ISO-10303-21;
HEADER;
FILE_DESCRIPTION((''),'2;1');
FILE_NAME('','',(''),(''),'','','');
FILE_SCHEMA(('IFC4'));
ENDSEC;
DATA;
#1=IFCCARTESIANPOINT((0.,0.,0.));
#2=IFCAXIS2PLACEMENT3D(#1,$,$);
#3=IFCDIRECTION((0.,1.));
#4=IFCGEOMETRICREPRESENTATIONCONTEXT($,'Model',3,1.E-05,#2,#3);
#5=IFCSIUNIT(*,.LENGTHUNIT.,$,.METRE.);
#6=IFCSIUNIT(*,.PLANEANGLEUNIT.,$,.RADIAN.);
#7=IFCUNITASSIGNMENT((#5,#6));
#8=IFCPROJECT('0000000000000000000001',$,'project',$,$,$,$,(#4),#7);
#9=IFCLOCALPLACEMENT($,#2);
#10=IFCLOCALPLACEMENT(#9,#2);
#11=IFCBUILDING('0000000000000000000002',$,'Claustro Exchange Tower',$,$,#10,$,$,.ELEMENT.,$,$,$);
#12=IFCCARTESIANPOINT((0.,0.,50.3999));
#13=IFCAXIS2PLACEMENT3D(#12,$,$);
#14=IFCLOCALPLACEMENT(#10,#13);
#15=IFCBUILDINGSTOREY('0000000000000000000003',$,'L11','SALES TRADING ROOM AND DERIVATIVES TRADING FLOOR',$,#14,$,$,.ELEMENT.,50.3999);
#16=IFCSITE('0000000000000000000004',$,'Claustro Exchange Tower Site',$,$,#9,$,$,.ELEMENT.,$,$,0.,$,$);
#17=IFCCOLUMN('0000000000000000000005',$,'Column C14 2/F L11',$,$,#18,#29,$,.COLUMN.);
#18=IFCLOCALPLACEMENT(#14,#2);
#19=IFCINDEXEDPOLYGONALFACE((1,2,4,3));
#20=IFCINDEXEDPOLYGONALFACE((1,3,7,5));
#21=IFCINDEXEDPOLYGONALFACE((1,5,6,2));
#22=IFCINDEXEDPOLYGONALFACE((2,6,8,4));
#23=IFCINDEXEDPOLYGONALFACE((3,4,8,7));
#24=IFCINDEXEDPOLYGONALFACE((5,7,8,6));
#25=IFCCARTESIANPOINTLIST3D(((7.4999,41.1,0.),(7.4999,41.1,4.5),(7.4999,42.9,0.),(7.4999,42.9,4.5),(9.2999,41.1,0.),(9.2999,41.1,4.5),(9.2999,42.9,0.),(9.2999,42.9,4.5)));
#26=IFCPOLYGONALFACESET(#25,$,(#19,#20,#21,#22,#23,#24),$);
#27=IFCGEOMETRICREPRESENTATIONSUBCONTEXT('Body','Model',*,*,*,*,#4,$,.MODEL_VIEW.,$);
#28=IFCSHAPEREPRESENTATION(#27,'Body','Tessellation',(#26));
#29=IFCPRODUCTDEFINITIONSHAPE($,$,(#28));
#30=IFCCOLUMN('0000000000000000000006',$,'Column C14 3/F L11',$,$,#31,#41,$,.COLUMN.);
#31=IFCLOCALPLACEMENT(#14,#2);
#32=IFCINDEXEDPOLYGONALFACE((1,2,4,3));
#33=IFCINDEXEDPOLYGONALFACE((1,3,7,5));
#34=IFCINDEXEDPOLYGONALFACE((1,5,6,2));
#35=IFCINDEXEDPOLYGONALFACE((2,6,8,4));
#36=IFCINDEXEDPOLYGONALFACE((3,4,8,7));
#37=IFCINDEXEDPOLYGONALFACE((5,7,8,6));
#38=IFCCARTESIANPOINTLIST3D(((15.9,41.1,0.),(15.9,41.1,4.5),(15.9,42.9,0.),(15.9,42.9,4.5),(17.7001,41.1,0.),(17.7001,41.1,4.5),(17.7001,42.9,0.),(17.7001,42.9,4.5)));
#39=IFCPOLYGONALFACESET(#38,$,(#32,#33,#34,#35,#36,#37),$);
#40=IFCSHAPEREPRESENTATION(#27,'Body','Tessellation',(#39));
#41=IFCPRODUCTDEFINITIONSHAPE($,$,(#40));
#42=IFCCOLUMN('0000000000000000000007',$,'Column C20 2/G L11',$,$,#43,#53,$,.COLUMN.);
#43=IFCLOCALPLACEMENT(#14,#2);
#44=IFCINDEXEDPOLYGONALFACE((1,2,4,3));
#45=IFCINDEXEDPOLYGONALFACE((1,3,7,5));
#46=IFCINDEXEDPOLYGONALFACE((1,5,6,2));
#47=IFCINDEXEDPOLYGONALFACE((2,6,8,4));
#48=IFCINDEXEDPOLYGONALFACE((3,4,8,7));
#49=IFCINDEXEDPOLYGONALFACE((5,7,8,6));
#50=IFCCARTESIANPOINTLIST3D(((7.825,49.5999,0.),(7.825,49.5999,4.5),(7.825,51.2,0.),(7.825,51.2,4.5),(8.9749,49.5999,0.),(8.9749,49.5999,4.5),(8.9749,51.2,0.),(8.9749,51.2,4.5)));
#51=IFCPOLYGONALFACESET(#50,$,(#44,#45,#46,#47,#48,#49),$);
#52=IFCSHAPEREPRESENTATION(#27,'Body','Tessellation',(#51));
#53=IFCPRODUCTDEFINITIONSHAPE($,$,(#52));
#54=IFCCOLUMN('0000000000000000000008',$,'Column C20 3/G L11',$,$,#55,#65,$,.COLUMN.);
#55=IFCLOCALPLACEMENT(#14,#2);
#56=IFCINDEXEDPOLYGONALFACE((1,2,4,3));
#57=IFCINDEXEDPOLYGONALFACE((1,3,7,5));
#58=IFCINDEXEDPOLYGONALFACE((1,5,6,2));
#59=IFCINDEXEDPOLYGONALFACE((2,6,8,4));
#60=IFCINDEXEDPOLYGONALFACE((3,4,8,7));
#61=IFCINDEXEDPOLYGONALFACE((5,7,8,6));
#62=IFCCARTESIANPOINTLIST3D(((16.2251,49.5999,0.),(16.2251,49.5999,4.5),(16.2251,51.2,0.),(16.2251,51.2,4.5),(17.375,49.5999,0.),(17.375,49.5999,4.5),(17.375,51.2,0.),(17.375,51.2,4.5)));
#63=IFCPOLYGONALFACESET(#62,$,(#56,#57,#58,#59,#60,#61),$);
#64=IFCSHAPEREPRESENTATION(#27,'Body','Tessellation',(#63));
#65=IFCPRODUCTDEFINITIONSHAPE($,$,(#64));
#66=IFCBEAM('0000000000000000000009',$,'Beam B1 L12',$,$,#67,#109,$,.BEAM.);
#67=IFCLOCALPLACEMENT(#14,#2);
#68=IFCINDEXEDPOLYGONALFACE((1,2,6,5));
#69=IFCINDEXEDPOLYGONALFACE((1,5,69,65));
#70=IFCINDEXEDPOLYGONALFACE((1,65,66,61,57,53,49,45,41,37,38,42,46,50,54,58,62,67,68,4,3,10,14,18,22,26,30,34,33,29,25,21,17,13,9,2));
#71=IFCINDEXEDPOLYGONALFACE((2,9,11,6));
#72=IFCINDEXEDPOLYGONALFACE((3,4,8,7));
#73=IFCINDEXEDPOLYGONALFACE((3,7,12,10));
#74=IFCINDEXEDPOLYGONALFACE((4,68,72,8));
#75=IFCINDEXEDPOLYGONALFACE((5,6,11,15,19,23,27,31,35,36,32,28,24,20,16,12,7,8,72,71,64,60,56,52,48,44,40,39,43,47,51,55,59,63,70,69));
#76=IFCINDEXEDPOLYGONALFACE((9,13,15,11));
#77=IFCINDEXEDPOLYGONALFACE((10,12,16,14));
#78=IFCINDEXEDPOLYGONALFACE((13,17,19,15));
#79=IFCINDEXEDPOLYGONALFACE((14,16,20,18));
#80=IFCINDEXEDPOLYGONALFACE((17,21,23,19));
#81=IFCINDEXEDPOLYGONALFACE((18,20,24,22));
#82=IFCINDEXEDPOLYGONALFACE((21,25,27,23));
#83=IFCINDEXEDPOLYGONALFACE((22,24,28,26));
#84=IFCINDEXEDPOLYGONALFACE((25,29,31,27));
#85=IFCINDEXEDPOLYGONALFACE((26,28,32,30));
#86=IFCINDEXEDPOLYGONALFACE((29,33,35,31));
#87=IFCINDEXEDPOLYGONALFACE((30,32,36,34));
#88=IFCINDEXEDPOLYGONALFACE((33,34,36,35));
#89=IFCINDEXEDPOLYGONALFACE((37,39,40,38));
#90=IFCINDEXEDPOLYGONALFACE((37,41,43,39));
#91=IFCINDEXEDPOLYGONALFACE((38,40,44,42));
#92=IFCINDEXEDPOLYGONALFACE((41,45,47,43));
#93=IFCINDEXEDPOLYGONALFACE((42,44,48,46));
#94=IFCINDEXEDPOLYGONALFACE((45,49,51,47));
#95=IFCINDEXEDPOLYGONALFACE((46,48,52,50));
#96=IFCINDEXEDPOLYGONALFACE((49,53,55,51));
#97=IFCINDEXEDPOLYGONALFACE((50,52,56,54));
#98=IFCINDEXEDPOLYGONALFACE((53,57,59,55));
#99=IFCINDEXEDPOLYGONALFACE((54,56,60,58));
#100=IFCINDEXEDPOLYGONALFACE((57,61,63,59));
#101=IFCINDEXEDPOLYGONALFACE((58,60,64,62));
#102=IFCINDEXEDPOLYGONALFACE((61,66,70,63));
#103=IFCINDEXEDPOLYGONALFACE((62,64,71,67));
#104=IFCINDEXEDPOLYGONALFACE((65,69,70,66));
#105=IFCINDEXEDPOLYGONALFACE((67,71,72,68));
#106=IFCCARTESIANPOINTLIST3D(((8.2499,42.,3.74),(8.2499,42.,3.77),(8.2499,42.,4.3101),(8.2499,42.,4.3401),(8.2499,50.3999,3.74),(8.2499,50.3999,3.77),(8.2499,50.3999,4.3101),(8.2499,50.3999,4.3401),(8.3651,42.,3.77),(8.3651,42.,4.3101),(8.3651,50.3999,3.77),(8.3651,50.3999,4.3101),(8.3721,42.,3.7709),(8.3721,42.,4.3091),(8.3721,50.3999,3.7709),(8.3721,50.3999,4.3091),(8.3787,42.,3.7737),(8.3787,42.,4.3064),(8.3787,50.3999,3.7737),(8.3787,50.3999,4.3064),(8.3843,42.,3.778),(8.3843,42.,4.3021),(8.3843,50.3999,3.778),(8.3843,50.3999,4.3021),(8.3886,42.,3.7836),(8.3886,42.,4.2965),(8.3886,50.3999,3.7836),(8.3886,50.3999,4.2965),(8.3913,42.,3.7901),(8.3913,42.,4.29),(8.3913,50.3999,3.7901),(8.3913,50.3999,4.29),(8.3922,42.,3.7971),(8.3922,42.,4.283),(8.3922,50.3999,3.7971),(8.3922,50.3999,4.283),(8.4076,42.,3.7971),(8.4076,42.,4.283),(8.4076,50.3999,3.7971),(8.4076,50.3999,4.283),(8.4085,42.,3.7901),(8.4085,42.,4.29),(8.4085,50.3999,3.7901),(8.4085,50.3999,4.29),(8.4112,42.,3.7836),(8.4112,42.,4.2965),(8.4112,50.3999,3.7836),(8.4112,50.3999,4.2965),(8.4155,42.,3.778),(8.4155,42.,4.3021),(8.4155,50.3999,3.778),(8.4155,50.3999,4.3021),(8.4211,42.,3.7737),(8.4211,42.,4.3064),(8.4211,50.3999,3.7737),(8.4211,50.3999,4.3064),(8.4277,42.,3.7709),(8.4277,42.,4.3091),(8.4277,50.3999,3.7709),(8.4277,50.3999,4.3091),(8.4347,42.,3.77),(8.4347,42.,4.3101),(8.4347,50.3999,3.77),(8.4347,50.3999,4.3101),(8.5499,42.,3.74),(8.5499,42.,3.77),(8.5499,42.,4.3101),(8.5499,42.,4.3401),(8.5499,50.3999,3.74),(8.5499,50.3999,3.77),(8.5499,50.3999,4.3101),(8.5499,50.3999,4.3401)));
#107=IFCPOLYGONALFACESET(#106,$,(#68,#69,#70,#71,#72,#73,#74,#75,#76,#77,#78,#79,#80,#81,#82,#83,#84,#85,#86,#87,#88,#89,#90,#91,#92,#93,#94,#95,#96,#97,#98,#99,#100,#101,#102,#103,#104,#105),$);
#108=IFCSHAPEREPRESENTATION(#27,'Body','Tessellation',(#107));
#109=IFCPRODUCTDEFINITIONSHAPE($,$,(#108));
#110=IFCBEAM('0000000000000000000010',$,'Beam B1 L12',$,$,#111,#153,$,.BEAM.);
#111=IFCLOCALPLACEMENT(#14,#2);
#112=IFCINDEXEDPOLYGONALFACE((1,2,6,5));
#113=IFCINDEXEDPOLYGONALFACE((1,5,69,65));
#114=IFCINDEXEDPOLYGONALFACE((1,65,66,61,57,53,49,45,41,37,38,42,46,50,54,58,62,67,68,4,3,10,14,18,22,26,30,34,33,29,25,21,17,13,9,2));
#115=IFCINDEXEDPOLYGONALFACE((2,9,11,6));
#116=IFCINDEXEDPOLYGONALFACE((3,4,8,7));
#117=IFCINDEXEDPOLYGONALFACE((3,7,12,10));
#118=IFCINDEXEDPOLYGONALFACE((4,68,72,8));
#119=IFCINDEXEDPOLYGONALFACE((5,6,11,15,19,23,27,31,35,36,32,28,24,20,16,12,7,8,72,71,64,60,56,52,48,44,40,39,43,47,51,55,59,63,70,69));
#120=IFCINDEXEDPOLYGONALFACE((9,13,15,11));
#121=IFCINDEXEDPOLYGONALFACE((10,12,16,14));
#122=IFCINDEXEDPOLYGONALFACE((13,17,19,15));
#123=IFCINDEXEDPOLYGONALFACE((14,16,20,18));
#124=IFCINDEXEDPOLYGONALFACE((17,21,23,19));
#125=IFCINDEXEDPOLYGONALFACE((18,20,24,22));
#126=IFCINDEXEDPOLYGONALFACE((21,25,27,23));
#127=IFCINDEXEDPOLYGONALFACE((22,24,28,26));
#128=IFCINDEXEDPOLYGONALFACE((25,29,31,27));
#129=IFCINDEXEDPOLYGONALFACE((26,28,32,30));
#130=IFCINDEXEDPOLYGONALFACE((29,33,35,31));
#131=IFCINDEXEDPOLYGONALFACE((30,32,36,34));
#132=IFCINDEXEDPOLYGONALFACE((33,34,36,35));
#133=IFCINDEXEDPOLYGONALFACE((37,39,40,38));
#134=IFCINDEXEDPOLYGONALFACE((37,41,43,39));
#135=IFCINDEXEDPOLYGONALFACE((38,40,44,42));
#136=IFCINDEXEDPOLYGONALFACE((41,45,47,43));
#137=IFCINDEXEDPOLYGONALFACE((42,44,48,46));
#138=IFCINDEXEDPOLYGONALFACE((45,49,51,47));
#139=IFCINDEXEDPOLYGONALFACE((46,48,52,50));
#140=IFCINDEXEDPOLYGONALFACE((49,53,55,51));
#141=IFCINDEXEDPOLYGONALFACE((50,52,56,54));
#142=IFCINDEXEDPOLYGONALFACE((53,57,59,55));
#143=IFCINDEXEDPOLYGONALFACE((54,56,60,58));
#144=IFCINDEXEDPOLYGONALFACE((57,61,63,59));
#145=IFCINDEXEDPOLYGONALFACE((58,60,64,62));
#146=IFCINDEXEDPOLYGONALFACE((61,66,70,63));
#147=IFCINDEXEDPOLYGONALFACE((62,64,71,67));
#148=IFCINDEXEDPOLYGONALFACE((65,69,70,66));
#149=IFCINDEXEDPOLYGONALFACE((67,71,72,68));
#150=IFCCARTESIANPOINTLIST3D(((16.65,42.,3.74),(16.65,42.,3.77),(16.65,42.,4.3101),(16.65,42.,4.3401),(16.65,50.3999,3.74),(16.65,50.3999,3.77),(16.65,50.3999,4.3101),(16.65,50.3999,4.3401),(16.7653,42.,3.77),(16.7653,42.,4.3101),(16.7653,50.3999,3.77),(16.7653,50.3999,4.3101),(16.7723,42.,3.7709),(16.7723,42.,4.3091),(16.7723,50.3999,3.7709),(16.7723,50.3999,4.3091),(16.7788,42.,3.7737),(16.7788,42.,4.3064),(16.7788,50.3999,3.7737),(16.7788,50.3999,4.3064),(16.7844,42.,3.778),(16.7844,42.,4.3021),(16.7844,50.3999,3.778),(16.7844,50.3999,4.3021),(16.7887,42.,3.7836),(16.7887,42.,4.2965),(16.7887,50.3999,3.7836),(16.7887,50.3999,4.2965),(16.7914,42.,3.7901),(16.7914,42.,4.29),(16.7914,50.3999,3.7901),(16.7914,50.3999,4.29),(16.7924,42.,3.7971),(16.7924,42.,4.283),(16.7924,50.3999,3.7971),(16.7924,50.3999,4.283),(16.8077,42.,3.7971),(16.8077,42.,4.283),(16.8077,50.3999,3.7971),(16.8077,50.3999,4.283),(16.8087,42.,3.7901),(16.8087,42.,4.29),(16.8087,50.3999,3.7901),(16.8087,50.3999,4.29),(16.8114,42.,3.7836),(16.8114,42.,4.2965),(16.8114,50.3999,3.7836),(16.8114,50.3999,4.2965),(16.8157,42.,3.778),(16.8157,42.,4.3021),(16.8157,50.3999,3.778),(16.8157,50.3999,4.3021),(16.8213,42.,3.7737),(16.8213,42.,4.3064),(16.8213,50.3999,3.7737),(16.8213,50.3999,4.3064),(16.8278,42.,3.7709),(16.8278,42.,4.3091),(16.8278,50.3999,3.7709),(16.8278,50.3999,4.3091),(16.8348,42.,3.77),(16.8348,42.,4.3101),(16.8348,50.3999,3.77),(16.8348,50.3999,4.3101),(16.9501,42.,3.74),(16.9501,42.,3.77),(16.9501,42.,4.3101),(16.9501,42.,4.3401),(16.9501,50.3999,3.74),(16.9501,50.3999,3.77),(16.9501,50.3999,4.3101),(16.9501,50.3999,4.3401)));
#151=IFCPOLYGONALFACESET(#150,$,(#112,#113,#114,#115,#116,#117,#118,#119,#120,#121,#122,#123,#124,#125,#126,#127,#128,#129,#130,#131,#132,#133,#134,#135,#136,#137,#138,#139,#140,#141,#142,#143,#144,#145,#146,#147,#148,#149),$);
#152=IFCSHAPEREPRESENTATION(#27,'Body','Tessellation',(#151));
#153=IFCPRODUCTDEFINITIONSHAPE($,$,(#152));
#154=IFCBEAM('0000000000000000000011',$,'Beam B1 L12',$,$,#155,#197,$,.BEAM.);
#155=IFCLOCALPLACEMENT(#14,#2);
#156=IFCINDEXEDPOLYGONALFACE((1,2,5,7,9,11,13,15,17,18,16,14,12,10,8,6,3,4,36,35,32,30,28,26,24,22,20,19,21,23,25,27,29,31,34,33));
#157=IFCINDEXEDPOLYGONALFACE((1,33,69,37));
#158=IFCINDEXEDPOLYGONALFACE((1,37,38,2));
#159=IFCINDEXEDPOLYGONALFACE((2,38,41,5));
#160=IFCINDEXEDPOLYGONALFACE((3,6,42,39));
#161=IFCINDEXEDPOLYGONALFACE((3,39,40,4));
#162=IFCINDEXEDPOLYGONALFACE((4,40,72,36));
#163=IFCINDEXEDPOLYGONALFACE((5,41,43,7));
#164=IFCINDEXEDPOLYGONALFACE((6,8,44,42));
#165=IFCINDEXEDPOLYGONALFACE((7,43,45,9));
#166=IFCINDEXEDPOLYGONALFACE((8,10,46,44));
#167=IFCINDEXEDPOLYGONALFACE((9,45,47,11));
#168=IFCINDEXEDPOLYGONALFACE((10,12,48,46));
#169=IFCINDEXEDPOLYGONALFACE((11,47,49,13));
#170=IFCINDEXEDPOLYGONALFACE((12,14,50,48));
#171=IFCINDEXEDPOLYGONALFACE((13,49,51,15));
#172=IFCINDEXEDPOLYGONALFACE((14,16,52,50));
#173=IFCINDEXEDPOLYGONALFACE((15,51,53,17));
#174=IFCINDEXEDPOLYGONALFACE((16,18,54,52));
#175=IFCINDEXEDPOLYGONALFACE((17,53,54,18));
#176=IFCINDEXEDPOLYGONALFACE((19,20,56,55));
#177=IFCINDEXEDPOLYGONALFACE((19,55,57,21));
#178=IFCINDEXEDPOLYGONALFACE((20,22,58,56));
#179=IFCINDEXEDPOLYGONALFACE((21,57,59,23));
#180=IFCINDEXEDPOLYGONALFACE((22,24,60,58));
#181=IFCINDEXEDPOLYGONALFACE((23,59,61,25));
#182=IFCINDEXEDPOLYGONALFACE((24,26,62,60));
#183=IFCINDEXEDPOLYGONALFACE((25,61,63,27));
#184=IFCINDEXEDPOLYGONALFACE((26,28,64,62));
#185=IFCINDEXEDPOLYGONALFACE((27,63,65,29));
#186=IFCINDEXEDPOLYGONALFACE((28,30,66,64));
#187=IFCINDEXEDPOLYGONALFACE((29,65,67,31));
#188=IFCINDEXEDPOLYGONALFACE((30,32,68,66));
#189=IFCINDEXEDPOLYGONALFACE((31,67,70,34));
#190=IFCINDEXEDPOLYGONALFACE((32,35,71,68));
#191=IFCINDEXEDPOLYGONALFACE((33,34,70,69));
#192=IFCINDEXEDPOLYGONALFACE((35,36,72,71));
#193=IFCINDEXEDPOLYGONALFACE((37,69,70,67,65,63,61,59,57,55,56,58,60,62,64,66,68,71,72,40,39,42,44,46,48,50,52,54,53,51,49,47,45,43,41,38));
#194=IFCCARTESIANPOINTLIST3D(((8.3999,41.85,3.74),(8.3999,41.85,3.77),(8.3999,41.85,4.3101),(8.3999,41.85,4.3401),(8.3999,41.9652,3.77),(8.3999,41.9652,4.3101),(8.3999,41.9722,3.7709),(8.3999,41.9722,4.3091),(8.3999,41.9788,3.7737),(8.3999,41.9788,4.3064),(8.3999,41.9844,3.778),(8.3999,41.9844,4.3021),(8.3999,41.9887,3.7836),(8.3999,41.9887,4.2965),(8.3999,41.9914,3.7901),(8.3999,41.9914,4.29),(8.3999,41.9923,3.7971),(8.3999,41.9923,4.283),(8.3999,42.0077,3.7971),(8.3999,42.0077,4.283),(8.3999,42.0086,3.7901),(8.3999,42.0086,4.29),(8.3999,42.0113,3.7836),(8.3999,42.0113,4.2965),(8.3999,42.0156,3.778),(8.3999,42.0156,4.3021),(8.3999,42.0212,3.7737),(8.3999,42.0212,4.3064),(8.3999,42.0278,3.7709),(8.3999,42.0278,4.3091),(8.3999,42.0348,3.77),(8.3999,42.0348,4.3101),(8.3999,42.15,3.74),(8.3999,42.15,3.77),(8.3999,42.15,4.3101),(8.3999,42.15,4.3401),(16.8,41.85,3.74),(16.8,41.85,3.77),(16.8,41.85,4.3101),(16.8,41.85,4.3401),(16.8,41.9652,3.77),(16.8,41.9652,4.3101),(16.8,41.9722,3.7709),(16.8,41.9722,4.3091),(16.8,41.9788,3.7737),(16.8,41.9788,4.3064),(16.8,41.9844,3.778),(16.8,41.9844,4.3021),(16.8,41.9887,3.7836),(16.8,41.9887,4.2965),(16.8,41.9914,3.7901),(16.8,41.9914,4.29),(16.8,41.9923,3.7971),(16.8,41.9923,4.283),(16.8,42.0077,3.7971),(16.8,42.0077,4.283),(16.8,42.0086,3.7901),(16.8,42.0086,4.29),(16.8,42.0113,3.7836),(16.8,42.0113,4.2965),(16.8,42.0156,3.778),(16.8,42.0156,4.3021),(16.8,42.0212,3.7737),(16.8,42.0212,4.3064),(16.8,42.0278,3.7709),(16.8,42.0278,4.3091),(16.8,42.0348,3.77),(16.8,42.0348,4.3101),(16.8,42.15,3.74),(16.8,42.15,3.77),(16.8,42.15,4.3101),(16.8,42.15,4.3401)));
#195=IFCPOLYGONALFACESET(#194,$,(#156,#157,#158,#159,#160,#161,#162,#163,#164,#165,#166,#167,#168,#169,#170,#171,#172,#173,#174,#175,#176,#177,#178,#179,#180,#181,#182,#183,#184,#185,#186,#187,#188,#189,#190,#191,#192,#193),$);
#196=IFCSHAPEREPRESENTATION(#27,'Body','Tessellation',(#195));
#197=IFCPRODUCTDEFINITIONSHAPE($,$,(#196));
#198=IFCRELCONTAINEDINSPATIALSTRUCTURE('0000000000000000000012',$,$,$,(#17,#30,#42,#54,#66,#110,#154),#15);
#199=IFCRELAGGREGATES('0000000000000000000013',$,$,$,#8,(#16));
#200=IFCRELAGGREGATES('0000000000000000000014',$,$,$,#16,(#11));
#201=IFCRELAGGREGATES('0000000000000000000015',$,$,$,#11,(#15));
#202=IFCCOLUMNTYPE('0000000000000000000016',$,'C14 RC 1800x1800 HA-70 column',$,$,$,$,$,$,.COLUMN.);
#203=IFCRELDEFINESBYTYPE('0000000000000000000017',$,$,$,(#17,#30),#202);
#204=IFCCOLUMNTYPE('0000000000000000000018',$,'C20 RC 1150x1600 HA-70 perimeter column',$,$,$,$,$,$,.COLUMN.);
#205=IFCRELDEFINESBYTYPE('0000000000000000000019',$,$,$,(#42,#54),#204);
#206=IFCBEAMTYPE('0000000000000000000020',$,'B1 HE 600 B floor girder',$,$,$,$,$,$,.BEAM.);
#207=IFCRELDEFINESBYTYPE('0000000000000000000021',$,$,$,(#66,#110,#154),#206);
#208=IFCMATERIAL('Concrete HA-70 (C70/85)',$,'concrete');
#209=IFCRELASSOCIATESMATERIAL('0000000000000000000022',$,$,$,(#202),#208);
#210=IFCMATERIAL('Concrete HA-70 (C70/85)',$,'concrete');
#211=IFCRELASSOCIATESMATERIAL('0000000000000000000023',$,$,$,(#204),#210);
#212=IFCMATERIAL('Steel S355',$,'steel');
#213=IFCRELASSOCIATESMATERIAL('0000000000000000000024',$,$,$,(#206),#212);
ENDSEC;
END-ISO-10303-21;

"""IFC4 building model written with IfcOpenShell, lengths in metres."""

from ifc_helpers import new_model, si_unit, direction, frame, origin, origin_2d, place, context, subcontext, project, spatial, rectangle, i_section, extrude, material, material_profile, profile_set, type_object, element, save


model = new_model("IFC4")

# Units and contexts
model_context = context("Model", 3, precision=1e-05, world=origin(), true_north=direction((0.0, 1.0)))
body_context = subcontext(model_context, "Body", "Model", "MODEL_VIEW")
ifc_project = project(units=[si_unit("LENGTHUNIT", "METRE"), si_unit("PLANEANGLEUNIT", "RADIAN")], contexts=[model_context])

# Site, building, storey
site_placement = place(None, origin())
site = spatial("IfcSite", under=ifc_project, at=site_placement, Name="Claustro Exchange Tower Site", CompositionType="ELEMENT", RefElevation=0.0)
building_placement = place(site_placement, origin())
building = spatial("IfcBuilding", under=site, at=building_placement, Name="Claustro Exchange Tower", CompositionType="ELEMENT")
storey_placement = place(building_placement, frame((0.0, 0.0, 50.3999)))
storey = spatial("IfcBuildingStorey", under=building, at=storey_placement, Name="L11", Description="SALES TRADING ROOM AND DERIVATIVES TRADING FLOOR", CompositionType="ELEMENT", Elevation=50.3999)

# Columns
ifc_material_1 = material(Name="Concrete HA-70 (C70/85)", Category="concrete")
ifc_material_profile_1 = material_profile(ifc_material_1, rectangle(XDim=1.8, YDim=1.8, at=origin_2d()), Name="RC 1800x1800")
ifc_profile_set_1 = profile_set([ifc_material_profile_1], Name="Concrete HA-70 (C70/85)")
column_type_1 = type_object("IfcColumnType", Name="C14 RC 1800x1800 HA-70 column", PredefinedType="COLUMN", material=ifc_profile_set_1)
for number, where, z_axis, x_axis, name in (
    (1, (8.3999, 42.0, 0.0), (0.0, 0.0, 1.0), (1.0, 0.0, 0.0), "Column C14 2/F L11"),
    (2, (16.8, 42.0, 0.0), (0.0, 0.0, 1.0), (1.0, 0.0, 0.0), "Column C14 3/F L11"),
):
    element("IfcColumn", number, at=place(storey_placement, frame(where, z_axis=z_axis, x_axis=x_axis)), inside=storey, type_object=column_type_1, Name=name, PredefinedType="COLUMN", context=body_context, shape_type="SweptSolid", body=[
        extrude(rectangle(XDim=1.8, YDim=1.8, at=origin_2d()), origin(), (0.0, 0.0, 1.0), 4.5),
    ])
ifc_material_2 = material(Name="Concrete HA-70 (C70/85)", Category="concrete")
ifc_material_profile_2 = material_profile(ifc_material_2, rectangle(XDim=1.1499, YDim=1.6001, at=origin_2d()), Name="RC 1150x1600")
ifc_profile_set_2 = profile_set([ifc_material_profile_2], Name="Concrete HA-70 (C70/85)")
column_type_2 = type_object("IfcColumnType", Name="C20 RC 1150x1600 HA-70 perimeter column", PredefinedType="COLUMN", material=ifc_profile_set_2)
for number, where, z_axis, x_axis, name in (
    (3, (8.3999, 50.3999, 0.0), (0.0, 0.0, 1.0), (1.0, 0.0, 0.0), "Column C20 2/G L11"),
    (4, (16.8, 50.3999, 0.0), (0.0, 0.0, 1.0), (1.0, 0.0, 0.0), "Column C20 3/G L11"),
):
    element("IfcColumn", number, at=place(storey_placement, frame(where, z_axis=z_axis, x_axis=x_axis)), inside=storey, type_object=column_type_2, Name=name, PredefinedType="COLUMN", context=body_context, shape_type="SweptSolid", body=[
        extrude(rectangle(XDim=1.1499, YDim=1.6001, at=origin_2d()), origin(), (0.0, 0.0, 1.0), 4.5),
    ])

# Beams
ifc_material_3 = material(Name="Steel S355", Category="steel")
ifc_material_profile_3 = material_profile(ifc_material_3, i_section(OverallWidth=0.3, OverallDepth=0.6001, WebThickness=0.0154, FlangeThickness=0.03, FilletRadius=0.0271, at=origin_2d()), Name="HE 600 B")
ifc_profile_set_3 = profile_set([ifc_material_profile_3], Name="Steel S355")
beam_type_1 = type_object("IfcBeamType", Name="B1 HE 600 B floor girder", PredefinedType="BEAM", material=ifc_profile_set_3)
for number, where, z_axis, x_axis, name in (
    (5, (8.3999, 42.0, 4.04), (0.0, 1.0, 0.0), (-1.0, 0.0, 0.0), "Beam B1 L12"),
    (6, (16.8, 42.0, 4.04), (0.0, 1.0, 0.0), (-1.0, 0.0, 0.0), "Beam B1 L12"),
):
    element("IfcBeam", number, at=place(storey_placement, frame(where, z_axis=z_axis, x_axis=x_axis)), inside=storey, type_object=beam_type_1, Name=name, PredefinedType="BEAM", context=body_context, shape_type="SweptSolid", body=[
        extrude(i_section(OverallWidth=0.3, OverallDepth=0.6001, WebThickness=0.0154, FlangeThickness=0.03, FilletRadius=0.0271, at=origin_2d()), origin(), (0.0, 0.0, 1.0), 8.3999),
    ])
beam_1_placement = place(storey_placement, frame((8.3999, 42.0, 4.04), z_axis=(1.0, 0.0, 0.0), x_axis=(0.0, 1.0, 0.0)))
element("IfcBeam", 7, at=beam_1_placement, inside=storey, type_object=beam_type_1, Name="Beam B1 L12", PredefinedType="BEAM", context=body_context, shape_type="SweptSolid", body=[
    extrude(i_section(OverallWidth=0.3, OverallDepth=0.6001, WebThickness=0.0154, FlangeThickness=0.03, FilletRadius=0.0271, at=origin_2d()), origin(), (0.0, 0.0, 1.0), 8.4001),
])

save(model, "model.ifc")
